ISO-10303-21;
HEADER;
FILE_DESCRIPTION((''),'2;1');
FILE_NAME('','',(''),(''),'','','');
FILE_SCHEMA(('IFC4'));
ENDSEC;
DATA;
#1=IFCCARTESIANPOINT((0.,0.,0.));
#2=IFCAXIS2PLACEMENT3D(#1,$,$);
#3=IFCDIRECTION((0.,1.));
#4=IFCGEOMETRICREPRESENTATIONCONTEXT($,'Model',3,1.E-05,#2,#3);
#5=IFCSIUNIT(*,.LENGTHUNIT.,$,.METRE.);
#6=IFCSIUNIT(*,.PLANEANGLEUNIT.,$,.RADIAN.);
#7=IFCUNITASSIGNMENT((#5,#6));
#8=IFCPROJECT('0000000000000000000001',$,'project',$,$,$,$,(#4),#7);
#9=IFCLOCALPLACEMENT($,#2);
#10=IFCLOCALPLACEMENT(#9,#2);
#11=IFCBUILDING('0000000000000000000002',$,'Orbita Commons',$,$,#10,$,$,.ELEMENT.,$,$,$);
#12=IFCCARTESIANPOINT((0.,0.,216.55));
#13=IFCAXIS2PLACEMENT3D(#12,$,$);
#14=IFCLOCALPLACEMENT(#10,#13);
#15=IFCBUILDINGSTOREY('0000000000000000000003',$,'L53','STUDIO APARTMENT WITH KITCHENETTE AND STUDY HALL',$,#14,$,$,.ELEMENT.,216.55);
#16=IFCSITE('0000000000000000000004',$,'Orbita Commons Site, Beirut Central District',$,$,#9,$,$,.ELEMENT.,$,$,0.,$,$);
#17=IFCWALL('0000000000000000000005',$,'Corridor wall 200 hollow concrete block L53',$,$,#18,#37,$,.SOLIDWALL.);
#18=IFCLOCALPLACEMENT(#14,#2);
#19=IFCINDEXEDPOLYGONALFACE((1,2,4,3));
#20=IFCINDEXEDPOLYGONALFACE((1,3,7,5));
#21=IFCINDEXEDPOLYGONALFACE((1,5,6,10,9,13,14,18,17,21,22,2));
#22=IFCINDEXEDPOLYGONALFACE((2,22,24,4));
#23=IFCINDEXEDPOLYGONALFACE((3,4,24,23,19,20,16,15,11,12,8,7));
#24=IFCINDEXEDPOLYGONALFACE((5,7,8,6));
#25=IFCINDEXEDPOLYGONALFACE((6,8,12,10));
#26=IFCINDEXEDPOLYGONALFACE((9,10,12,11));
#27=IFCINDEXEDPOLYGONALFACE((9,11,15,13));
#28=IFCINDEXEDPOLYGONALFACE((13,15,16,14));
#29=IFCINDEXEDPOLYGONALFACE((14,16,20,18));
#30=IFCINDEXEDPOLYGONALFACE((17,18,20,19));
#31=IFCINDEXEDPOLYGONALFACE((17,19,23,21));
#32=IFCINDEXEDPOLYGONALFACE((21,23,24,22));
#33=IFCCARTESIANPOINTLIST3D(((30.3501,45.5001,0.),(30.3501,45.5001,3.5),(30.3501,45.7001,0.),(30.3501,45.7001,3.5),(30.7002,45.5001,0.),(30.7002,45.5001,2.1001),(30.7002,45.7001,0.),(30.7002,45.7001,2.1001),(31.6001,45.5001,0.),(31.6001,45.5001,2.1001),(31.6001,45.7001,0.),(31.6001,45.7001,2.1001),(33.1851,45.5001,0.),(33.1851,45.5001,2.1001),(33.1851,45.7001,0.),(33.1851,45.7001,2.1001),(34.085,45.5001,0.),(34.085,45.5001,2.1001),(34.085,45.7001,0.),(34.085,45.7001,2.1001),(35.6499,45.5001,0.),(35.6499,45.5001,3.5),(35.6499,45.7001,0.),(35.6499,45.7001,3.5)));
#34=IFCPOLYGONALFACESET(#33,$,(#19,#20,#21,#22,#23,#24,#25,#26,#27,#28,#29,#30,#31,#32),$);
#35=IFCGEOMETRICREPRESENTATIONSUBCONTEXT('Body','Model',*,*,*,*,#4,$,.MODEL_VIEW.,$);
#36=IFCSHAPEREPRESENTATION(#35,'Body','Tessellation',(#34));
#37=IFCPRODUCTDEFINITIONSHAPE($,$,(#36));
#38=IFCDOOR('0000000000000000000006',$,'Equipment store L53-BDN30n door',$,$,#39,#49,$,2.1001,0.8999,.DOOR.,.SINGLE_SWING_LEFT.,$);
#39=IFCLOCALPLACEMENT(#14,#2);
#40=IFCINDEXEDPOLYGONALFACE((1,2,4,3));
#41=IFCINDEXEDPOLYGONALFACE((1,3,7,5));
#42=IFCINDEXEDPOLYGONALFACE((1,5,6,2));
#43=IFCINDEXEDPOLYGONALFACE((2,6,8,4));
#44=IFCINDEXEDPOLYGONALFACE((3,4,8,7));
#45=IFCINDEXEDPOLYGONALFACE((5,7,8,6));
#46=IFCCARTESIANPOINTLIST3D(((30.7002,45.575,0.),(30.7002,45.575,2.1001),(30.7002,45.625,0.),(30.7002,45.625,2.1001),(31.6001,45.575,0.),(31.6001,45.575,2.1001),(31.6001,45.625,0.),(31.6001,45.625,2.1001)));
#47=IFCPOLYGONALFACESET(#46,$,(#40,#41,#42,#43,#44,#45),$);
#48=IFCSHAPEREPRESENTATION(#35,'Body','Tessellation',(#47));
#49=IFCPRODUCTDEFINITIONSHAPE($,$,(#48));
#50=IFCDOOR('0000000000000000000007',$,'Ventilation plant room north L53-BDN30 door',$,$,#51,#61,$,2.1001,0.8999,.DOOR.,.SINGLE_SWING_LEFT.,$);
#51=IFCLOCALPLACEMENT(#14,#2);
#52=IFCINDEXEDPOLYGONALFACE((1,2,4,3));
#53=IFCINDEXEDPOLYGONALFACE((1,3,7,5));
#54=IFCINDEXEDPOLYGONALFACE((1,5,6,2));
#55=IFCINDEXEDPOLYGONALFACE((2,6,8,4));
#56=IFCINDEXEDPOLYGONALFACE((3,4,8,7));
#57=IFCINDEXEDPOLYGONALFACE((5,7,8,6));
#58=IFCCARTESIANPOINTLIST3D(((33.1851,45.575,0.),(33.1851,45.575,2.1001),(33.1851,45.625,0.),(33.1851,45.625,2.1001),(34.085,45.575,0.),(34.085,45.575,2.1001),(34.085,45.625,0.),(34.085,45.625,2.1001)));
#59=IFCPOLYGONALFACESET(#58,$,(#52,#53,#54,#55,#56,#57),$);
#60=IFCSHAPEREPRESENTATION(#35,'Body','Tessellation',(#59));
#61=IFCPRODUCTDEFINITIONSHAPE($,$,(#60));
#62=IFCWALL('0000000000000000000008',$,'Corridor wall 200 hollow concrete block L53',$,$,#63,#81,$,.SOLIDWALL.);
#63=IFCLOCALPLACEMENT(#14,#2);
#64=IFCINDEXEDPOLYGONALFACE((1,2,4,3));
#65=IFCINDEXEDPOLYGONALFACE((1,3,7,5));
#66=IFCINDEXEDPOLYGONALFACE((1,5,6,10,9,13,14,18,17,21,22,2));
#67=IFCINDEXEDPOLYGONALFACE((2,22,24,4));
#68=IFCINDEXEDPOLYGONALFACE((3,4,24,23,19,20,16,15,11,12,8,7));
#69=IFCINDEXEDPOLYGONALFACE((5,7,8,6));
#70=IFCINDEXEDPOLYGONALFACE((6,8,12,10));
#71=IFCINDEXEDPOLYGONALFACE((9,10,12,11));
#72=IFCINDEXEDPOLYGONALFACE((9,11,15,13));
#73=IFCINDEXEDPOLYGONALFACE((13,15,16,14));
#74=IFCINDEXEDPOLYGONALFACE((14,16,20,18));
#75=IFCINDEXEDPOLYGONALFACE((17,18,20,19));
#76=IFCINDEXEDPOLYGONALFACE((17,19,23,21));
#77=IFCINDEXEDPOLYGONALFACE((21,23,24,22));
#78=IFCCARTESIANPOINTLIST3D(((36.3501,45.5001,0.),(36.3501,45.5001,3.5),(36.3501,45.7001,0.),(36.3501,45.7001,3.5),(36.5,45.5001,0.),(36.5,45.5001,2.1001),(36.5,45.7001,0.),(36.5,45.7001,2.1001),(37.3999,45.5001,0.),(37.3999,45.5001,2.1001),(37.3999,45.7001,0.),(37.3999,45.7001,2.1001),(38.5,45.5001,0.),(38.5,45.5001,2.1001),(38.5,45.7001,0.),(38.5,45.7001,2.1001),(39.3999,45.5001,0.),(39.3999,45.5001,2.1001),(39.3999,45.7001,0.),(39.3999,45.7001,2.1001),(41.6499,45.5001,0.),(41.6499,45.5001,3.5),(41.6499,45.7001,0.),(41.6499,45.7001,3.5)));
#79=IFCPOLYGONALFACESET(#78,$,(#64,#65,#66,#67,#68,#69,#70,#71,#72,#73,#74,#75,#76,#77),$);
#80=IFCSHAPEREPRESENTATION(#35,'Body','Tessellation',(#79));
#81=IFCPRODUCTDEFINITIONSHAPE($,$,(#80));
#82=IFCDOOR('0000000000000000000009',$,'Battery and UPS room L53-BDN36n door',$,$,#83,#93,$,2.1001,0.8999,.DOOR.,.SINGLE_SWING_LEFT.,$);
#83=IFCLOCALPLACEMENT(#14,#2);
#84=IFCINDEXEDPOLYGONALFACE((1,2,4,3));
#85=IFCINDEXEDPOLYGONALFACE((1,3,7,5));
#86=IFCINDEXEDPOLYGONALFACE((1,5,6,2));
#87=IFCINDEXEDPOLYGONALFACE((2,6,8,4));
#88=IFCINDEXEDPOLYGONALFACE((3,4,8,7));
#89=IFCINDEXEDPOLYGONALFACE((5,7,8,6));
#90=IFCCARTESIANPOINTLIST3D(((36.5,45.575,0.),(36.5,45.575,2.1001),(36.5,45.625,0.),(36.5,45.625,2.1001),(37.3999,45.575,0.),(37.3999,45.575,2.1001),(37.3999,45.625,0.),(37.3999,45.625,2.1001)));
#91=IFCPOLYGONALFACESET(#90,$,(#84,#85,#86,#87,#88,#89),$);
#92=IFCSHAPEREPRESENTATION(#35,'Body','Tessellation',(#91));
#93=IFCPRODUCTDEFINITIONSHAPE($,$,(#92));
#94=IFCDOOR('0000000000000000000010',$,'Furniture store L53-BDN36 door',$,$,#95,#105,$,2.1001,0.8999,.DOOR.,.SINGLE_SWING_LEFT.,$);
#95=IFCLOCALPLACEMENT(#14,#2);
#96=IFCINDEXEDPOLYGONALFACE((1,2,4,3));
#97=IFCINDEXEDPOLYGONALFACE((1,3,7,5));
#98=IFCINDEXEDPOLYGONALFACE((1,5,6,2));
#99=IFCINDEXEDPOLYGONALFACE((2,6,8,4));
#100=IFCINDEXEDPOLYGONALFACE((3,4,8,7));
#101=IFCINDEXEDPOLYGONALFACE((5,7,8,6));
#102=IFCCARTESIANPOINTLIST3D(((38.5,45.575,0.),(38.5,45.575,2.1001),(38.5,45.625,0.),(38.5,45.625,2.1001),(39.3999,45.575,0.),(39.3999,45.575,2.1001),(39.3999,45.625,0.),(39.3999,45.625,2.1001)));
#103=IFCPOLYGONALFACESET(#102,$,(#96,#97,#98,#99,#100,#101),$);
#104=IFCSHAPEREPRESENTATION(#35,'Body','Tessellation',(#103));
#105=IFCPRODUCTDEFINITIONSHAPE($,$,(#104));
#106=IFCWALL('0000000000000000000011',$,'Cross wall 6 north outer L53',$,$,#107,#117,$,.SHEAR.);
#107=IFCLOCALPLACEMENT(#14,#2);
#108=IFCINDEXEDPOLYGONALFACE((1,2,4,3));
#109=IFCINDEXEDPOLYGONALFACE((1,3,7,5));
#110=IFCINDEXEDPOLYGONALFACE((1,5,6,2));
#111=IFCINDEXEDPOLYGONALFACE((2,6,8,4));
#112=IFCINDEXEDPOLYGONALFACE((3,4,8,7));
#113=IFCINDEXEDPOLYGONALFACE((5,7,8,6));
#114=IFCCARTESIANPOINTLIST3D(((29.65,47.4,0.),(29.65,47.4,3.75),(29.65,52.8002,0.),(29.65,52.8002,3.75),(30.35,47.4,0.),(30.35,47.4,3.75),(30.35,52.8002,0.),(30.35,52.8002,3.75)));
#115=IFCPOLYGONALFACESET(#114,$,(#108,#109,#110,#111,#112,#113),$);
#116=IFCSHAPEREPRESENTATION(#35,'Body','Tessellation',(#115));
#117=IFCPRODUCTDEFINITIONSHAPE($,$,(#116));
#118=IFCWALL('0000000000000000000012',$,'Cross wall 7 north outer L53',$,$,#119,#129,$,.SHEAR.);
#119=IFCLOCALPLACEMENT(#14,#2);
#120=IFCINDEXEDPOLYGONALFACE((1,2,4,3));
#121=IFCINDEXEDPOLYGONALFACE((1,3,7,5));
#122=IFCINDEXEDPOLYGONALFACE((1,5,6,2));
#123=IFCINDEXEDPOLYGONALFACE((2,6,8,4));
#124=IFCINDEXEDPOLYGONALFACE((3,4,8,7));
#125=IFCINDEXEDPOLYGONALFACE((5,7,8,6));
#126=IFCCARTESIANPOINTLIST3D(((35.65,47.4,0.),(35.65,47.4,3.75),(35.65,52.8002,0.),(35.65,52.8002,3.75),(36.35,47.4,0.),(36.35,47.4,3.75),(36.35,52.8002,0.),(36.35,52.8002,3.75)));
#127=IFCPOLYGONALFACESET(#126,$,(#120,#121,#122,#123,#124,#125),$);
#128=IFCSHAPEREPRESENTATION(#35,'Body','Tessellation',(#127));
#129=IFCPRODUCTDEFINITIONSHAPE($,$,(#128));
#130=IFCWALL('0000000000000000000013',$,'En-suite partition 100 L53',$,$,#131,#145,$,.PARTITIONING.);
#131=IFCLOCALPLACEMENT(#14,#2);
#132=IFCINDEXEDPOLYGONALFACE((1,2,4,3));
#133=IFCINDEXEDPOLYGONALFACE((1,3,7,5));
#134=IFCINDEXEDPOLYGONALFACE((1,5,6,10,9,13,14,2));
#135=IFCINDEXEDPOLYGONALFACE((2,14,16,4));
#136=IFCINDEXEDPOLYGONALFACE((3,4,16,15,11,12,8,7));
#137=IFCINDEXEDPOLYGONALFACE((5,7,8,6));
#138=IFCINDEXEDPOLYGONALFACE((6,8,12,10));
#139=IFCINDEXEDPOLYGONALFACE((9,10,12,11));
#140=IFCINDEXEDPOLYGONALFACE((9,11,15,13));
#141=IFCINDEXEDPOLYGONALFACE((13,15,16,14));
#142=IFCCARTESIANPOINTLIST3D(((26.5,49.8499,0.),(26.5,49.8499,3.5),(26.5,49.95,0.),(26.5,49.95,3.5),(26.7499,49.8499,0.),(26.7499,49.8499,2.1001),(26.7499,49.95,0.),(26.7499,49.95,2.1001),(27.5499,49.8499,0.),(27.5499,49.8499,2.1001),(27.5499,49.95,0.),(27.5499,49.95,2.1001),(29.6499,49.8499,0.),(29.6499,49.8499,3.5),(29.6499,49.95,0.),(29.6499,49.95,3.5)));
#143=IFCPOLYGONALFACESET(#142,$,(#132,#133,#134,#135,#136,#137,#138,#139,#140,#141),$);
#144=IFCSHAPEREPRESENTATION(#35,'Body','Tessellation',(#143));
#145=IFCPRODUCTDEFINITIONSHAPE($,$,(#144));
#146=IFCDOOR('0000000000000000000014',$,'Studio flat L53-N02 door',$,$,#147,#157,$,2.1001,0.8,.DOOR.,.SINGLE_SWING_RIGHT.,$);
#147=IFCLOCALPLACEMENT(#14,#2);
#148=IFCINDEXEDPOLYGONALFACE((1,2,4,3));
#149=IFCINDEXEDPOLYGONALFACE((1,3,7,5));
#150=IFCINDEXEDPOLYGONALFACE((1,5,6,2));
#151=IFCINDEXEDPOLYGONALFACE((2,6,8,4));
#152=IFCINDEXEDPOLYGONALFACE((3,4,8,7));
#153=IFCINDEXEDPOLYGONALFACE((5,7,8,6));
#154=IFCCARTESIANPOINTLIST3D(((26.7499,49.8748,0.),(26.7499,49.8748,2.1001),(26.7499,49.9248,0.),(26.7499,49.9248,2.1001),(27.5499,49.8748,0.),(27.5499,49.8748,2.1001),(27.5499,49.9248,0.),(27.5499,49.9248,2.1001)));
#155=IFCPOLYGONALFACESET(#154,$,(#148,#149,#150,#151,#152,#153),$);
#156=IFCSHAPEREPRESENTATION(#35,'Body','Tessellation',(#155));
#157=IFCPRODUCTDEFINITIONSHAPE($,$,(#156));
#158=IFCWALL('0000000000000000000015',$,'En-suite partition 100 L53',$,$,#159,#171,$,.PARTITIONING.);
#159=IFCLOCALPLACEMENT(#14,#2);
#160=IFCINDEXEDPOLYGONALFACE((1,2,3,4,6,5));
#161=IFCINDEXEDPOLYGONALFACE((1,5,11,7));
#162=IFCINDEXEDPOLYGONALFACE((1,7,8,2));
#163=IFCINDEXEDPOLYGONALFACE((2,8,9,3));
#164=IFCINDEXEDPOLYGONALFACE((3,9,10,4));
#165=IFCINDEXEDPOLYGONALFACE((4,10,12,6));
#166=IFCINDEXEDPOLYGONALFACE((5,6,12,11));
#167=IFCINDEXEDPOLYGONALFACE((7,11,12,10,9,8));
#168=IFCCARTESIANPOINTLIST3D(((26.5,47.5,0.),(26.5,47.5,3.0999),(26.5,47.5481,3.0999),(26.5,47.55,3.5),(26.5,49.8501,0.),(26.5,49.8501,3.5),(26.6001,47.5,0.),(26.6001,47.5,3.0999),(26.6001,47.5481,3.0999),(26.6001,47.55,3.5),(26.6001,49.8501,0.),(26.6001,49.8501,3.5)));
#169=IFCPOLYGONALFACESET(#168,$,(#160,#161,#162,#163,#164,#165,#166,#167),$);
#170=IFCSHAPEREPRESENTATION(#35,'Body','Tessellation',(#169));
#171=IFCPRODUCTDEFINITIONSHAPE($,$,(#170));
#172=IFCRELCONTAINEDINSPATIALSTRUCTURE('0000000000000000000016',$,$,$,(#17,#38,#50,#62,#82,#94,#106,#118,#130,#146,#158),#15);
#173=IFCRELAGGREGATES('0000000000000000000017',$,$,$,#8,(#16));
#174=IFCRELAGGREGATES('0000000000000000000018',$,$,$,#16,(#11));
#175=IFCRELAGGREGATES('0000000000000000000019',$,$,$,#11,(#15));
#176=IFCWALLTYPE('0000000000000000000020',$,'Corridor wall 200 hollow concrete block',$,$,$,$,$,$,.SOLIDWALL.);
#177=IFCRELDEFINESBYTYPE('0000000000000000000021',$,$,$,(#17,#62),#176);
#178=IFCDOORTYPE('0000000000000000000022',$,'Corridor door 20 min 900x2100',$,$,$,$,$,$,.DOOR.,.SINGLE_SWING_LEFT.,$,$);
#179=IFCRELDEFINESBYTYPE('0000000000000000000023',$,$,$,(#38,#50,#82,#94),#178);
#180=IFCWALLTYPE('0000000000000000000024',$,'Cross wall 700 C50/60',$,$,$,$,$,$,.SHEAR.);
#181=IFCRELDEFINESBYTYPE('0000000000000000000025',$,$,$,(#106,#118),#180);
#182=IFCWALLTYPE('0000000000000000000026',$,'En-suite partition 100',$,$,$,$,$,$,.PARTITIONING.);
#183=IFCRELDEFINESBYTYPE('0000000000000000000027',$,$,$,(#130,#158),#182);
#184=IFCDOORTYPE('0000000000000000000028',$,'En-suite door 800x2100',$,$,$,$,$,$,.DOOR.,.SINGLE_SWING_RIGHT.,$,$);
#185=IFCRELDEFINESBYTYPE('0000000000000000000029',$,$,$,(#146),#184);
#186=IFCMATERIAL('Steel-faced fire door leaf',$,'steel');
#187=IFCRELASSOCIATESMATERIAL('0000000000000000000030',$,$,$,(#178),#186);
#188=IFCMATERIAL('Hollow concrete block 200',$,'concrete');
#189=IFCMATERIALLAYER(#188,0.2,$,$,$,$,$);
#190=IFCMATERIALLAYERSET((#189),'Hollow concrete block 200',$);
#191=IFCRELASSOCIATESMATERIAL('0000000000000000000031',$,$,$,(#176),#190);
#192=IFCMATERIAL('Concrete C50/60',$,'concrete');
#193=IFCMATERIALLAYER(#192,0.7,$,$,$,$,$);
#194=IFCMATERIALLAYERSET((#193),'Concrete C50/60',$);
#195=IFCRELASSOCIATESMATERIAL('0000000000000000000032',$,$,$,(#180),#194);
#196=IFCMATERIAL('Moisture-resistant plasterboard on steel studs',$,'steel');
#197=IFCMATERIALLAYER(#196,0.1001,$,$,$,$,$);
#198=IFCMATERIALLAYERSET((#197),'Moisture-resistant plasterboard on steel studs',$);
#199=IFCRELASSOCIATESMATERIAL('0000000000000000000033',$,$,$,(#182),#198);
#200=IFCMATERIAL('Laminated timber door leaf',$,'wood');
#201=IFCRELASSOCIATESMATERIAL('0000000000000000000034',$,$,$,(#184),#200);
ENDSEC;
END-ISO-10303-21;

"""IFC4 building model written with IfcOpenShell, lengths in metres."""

from ifc_helpers import new_model, si_unit, direction, frame, frame_2d, origin, place, context, subcontext, project, spatial, polyline, rectangle, outline, extrude, material, layer, layer_set, type_object, element, fill, save


model = new_model("IFC4")

# Units and contexts
model_context = context("Model", 3, precision=1e-05, world=origin(), true_north=direction((0.0, 1.0)))
body_context = subcontext(model_context, "Body", "Model", "MODEL_VIEW")
ifc_project = project(units=[si_unit("LENGTHUNIT", "METRE"), si_unit("PLANEANGLEUNIT", "RADIAN")], contexts=[model_context])

# Site, building, storey
site_placement = place(None, origin())
site = spatial("IfcSite", under=ifc_project, at=site_placement, Name="Orbita Commons Site, Beirut Central District", CompositionType="ELEMENT", RefElevation=0.0)
building_placement = place(site_placement, origin())
building = spatial("IfcBuilding", under=site, at=building_placement, Name="Orbita Commons", CompositionType="ELEMENT")
storey_placement = place(building_placement, frame((0.0, 0.0, 216.55)))
storey = spatial("IfcBuildingStorey", under=building, at=storey_placement, Name="L53", Description="STUDIO APARTMENT WITH KITCHENETTE AND STUDY HALL", CompositionType="ELEMENT", Elevation=216.55)

# Shared definitions
ifc_material_1 = material(Name="Steel-faced fire door leaf", Category="steel")
door_type_1 = type_object("IfcDoorType", Name="Corridor door 20 min 900x2100", OperationType="SINGLE_SWING_LEFT", PredefinedType="DOOR", material=ifc_material_1)

# Walls, openings, doors
ifc_material_2 = material(Name="Hollow concrete block 200", Category="concrete")
ifc_layer_1 = layer(ifc_material_2, 0.2)
ifc_layer_set_1 = layer_set([ifc_layer_1], Name="Hollow concrete block 200")
wall_type_1 = type_object("IfcWallType", Name="Corridor wall 200 hollow concrete block", PredefinedType="SOLIDWALL", material=ifc_layer_set_1)
wall_1_placement = place(storey_placement, frame((30.3501, 45.6001, 0.0), z_axis=(0.0, 0.0, 1.0), x_axis=(1.0, 0.0, 0.0)))
wall_1 = element("IfcWall", 1, at=wall_1_placement, inside=storey, type_object=wall_type_1, Name="Corridor wall 200 hollow concrete block L53", PredefinedType="SOLIDWALL", context=body_context, shape_type="SweptSolid", body=[
    extrude(rectangle(XDim=5.2998, YDim=0.2, at=frame_2d((2.6499, 0.0))), origin(), (0.0, 0.0, 1.0), 3.5),
])
opening_1_placement = place(wall_1_placement, frame((0.3501, 0.0, 0.0)))
opening_1 = element("IfcOpeningElement", 2, at=opening_1_placement, cuts=wall_1, PredefinedType="OPENING", context=body_context, shape_type="SweptSolid", body=[
    extrude(rectangle(XDim=0.8999, YDim=2.1001, at=frame_2d((0.45, 1.05))), frame((0.0, 0.1099, 0.0), z_axis=(0.0, -1.0, 0.0), x_axis=(1.0, 0.0, 0.0)), (0.0, 0.0, 1.0), 0.22),
])
opening_2_placement = place(wall_1_placement, frame((2.835, 0.0, 0.0)))
opening_2 = element("IfcOpeningElement", 3, at=opening_2_placement, cuts=wall_1, PredefinedType="OPENING", context=body_context, shape_type="SweptSolid", body=[
    extrude(rectangle(XDim=0.8999, YDim=2.1001, at=frame_2d((0.45, 1.05))), frame((0.0, 0.1099, 0.0), z_axis=(0.0, -1.0, 0.0), x_axis=(1.0, 0.0, 0.0)), (0.0, 0.0, 1.0), 0.22),
])
door_1_placement = place(opening_1_placement, origin())
door_1 = element("IfcDoor", 4, at=door_1_placement, inside=storey, type_object=door_type_1, Name="Equipment store L53-BDN30n door", OperationType="SINGLE_SWING_LEFT", OverallHeight=2.1001, OverallWidth=0.8999, PredefinedType="DOOR", context=body_context, shape_type="SweptSolid", body=[
    extrude(rectangle(XDim=0.8999, YDim=2.1001, at=frame_2d((0.45, 1.05))), frame((0.0, 0.0249, 0.0), z_axis=(0.0, -1.0, 0.0), x_axis=(1.0, 0.0, 0.0)), (0.0, 0.0, 1.0), 0.05),
])
fill(opening_1, door_1)
door_2_placement = place(opening_2_placement, origin())
door_2 = element("IfcDoor", 5, at=door_2_placement, inside=storey, type_object=door_type_1, Name="Ventilation plant room north L53-BDN30 door", OperationType="SINGLE_SWING_LEFT", OverallHeight=2.1001, OverallWidth=0.8999, PredefinedType="DOOR", context=body_context, shape_type="SweptSolid", body=[
    extrude(rectangle(XDim=0.8999, YDim=2.1001, at=frame_2d((0.45, 1.05))), frame((0.0, 0.0249, 0.0), z_axis=(0.0, -1.0, 0.0), x_axis=(1.0, 0.0, 0.0)), (0.0, 0.0, 1.0), 0.05),
])
fill(opening_2, door_2)
wall_2_placement = place(storey_placement, frame((36.3501, 45.6001, 0.0), z_axis=(0.0, 0.0, 1.0), x_axis=(1.0, 0.0, 0.0)))
wall_2 = element("IfcWall", 6, at=wall_2_placement, inside=storey, type_object=wall_type_1, Name="Corridor wall 200 hollow concrete block L53", PredefinedType="SOLIDWALL", context=body_context, shape_type="SweptSolid", body=[
    extrude(rectangle(XDim=5.2998, YDim=0.2, at=frame_2d((2.6499, 0.0))), origin(), (0.0, 0.0, 1.0), 3.5),
])
opening_3_placement = place(wall_2_placement, frame((0.1499, 0.0, 0.0)))
opening_3 = element("IfcOpeningElement", 7, at=opening_3_placement, cuts=wall_2, PredefinedType="OPENING", context=body_context, shape_type="SweptSolid", body=[
    extrude(rectangle(XDim=0.8999, YDim=2.1001, at=frame_2d((0.45, 1.05))), frame((0.0, 0.1099, 0.0), z_axis=(0.0, -1.0, 0.0), x_axis=(1.0, 0.0, 0.0)), (0.0, 0.0, 1.0), 0.22),
])
opening_4_placement = place(wall_2_placement, frame((2.1499, 0.0, 0.0)))
opening_4 = element("IfcOpeningElement", 8, at=opening_4_placement, cuts=wall_2, PredefinedType="OPENING", context=body_context, shape_type="SweptSolid", body=[
    extrude(rectangle(XDim=0.8999, YDim=2.1001, at=frame_2d((0.45, 1.05))), frame((0.0, 0.1099, 0.0), z_axis=(0.0, -1.0, 0.0), x_axis=(1.0, 0.0, 0.0)), (0.0, 0.0, 1.0), 0.22),
])
door_3_placement = place(opening_3_placement, origin())
door_3 = element("IfcDoor", 9, at=door_3_placement, inside=storey, type_object=door_type_1, Name="Battery and UPS room L53-BDN36n door", OperationType="SINGLE_SWING_LEFT", OverallHeight=2.1001, OverallWidth=0.8999, PredefinedType="DOOR", context=body_context, shape_type="SweptSolid", body=[
    extrude(rectangle(XDim=0.8999, YDim=2.1001, at=frame_2d((0.45, 1.05))), frame((0.0, 0.0249, 0.0), z_axis=(0.0, -1.0, 0.0), x_axis=(1.0, 0.0, 0.0)), (0.0, 0.0, 1.0), 0.05),
])
fill(opening_3, door_3)
door_4_placement = place(opening_4_placement, origin())
door_4 = element("IfcDoor", 10, at=door_4_placement, inside=storey, type_object=door_type_1, Name="Furniture store L53-BDN36 door", OperationType="SINGLE_SWING_LEFT", OverallHeight=2.1001, OverallWidth=0.8999, PredefinedType="DOOR", context=body_context, shape_type="SweptSolid", body=[
    extrude(rectangle(XDim=0.8999, YDim=2.1001, at=frame_2d((0.45, 1.05))), frame((0.0, 0.0249, 0.0), z_axis=(0.0, -1.0, 0.0), x_axis=(1.0, 0.0, 0.0)), (0.0, 0.0, 1.0), 0.05),
])
fill(opening_4, door_4)

# Walls
ifc_material_3 = material(Name="Concrete C50/60", Category="concrete")
ifc_layer_2 = layer(ifc_material_3, 0.7)
ifc_layer_set_2 = layer_set([ifc_layer_2], Name="Concrete C50/60")
wall_type_2 = type_object("IfcWallType", Name="Cross wall 700 C50/60", PredefinedType="SHEAR", material=ifc_layer_set_2)
for number, where, z_axis, x_axis, name in (
    (11, (30.0, 47.3999, 0.0), (0.0, 0.0, 1.0), (0.0, 1.0, 0.0), "Cross wall 6 north outer L53"),
    (12, (36.0, 47.3999, 0.0), (0.0, 0.0, 1.0), (0.0, 1.0, 0.0), "Cross wall 7 north outer L53"),
):
    element("IfcWall", number, at=place(storey_placement, frame(where, z_axis=z_axis, x_axis=x_axis)), inside=storey, type_object=wall_type_2, Name=name, PredefinedType="SHEAR", context=body_context, shape_type="SweptSolid", body=[
        extrude(rectangle(XDim=5.4001, YDim=0.7, at=frame_2d((2.7002, 0.0))), origin(), (0.0, 0.0, 1.0), 3.75),
    ])

# Wall, opening, door
ifc_material_4 = material(Name="Moisture-resistant plasterboard on steel studs", Category="steel")
ifc_layer_3 = layer(ifc_material_4, 0.1001)
ifc_layer_set_3 = layer_set([ifc_layer_3], Name="Moisture-resistant plasterboard on steel studs")
wall_type_3 = type_object("IfcWallType", Name="En-suite partition 100", PredefinedType="PARTITIONING", material=ifc_layer_set_3)
wall_3_placement = place(storey_placement, frame((26.5, 49.8999, 0.0), z_axis=(0.0, 0.0, 1.0), x_axis=(1.0, 0.0, 0.0)))
wall_3 = element("IfcWall", 13, at=wall_3_placement, inside=storey, type_object=wall_type_3, Name="En-suite partition 100 L53", PredefinedType="PARTITIONING", context=body_context, shape_type="SweptSolid", body=[
    extrude(rectangle(XDim=3.1499, YDim=0.1001, at=frame_2d((1.575, 0.0))), origin(), (0.0, 0.0, 1.0), 3.5),
])
opening_5_placement = place(wall_3_placement, frame((0.25, 0.0, 0.0)))
opening_5 = element("IfcOpeningElement", 14, at=opening_5_placement, cuts=wall_3, PredefinedType="OPENING", context=body_context, shape_type="SweptSolid", body=[
    extrude(rectangle(XDim=0.8, YDim=2.1001, at=frame_2d((0.3999, 1.05))), frame((0.0, 0.0601, 0.0), z_axis=(0.0, -1.0, 0.0), x_axis=(1.0, 0.0, 0.0)), (0.0, 0.0, 1.0), 0.1201),
])
ifc_material_5 = material(Name="Laminated timber door leaf", Category="wood")
door_type_2 = type_object("IfcDoorType", Name="En-suite door 800x2100", OperationType="SINGLE_SWING_RIGHT", PredefinedType="DOOR", material=ifc_material_5)
door_5_placement = place(opening_5_placement, origin())
door_5 = element("IfcDoor", 15, at=door_5_placement, inside=storey, type_object=door_type_2, Name="Studio flat L53-N02 door", OperationType="SINGLE_SWING_RIGHT", OverallHeight=2.1001, OverallWidth=0.8, PredefinedType="DOOR", context=body_context, shape_type="SweptSolid", body=[
    extrude(rectangle(XDim=0.8, YDim=2.1001, at=frame_2d((0.3999, 1.05))), frame((0.0, 0.0249, 0.0), z_axis=(0.0, -1.0, 0.0), x_axis=(1.0, 0.0, 0.0)), (0.0, 0.0, 1.0), 0.05),
])
fill(opening_5, door_5)

# Wall
wall_4_placement = place(storey_placement, frame((26.55, 49.8501, 0.0), z_axis=(0.0, 0.0, 1.0), x_axis=(0.0, -1.0, 0.0)))
element("IfcWall", 16, at=wall_4_placement, inside=storey, type_object=wall_type_3, Name="En-suite partition 100 L53", PredefinedType="PARTITIONING", context=body_context, shape_type="SweptSolid", body=[
    extrude(outline(polyline([(0.0, 0.0), (2.3501, 0.0), (2.3501, 3.0999), (2.302, 3.0999), (2.3, 3.5), (0.0, 3.5), (0.0, 0.0)])), frame((0.0, 0.05, 0.0), z_axis=(0.0, -1.0, 0.0), x_axis=(1.0, 0.0, 0.0)), (0.0, 0.0, 1.0), 0.1001),
])

save(model, "model.ifc")
